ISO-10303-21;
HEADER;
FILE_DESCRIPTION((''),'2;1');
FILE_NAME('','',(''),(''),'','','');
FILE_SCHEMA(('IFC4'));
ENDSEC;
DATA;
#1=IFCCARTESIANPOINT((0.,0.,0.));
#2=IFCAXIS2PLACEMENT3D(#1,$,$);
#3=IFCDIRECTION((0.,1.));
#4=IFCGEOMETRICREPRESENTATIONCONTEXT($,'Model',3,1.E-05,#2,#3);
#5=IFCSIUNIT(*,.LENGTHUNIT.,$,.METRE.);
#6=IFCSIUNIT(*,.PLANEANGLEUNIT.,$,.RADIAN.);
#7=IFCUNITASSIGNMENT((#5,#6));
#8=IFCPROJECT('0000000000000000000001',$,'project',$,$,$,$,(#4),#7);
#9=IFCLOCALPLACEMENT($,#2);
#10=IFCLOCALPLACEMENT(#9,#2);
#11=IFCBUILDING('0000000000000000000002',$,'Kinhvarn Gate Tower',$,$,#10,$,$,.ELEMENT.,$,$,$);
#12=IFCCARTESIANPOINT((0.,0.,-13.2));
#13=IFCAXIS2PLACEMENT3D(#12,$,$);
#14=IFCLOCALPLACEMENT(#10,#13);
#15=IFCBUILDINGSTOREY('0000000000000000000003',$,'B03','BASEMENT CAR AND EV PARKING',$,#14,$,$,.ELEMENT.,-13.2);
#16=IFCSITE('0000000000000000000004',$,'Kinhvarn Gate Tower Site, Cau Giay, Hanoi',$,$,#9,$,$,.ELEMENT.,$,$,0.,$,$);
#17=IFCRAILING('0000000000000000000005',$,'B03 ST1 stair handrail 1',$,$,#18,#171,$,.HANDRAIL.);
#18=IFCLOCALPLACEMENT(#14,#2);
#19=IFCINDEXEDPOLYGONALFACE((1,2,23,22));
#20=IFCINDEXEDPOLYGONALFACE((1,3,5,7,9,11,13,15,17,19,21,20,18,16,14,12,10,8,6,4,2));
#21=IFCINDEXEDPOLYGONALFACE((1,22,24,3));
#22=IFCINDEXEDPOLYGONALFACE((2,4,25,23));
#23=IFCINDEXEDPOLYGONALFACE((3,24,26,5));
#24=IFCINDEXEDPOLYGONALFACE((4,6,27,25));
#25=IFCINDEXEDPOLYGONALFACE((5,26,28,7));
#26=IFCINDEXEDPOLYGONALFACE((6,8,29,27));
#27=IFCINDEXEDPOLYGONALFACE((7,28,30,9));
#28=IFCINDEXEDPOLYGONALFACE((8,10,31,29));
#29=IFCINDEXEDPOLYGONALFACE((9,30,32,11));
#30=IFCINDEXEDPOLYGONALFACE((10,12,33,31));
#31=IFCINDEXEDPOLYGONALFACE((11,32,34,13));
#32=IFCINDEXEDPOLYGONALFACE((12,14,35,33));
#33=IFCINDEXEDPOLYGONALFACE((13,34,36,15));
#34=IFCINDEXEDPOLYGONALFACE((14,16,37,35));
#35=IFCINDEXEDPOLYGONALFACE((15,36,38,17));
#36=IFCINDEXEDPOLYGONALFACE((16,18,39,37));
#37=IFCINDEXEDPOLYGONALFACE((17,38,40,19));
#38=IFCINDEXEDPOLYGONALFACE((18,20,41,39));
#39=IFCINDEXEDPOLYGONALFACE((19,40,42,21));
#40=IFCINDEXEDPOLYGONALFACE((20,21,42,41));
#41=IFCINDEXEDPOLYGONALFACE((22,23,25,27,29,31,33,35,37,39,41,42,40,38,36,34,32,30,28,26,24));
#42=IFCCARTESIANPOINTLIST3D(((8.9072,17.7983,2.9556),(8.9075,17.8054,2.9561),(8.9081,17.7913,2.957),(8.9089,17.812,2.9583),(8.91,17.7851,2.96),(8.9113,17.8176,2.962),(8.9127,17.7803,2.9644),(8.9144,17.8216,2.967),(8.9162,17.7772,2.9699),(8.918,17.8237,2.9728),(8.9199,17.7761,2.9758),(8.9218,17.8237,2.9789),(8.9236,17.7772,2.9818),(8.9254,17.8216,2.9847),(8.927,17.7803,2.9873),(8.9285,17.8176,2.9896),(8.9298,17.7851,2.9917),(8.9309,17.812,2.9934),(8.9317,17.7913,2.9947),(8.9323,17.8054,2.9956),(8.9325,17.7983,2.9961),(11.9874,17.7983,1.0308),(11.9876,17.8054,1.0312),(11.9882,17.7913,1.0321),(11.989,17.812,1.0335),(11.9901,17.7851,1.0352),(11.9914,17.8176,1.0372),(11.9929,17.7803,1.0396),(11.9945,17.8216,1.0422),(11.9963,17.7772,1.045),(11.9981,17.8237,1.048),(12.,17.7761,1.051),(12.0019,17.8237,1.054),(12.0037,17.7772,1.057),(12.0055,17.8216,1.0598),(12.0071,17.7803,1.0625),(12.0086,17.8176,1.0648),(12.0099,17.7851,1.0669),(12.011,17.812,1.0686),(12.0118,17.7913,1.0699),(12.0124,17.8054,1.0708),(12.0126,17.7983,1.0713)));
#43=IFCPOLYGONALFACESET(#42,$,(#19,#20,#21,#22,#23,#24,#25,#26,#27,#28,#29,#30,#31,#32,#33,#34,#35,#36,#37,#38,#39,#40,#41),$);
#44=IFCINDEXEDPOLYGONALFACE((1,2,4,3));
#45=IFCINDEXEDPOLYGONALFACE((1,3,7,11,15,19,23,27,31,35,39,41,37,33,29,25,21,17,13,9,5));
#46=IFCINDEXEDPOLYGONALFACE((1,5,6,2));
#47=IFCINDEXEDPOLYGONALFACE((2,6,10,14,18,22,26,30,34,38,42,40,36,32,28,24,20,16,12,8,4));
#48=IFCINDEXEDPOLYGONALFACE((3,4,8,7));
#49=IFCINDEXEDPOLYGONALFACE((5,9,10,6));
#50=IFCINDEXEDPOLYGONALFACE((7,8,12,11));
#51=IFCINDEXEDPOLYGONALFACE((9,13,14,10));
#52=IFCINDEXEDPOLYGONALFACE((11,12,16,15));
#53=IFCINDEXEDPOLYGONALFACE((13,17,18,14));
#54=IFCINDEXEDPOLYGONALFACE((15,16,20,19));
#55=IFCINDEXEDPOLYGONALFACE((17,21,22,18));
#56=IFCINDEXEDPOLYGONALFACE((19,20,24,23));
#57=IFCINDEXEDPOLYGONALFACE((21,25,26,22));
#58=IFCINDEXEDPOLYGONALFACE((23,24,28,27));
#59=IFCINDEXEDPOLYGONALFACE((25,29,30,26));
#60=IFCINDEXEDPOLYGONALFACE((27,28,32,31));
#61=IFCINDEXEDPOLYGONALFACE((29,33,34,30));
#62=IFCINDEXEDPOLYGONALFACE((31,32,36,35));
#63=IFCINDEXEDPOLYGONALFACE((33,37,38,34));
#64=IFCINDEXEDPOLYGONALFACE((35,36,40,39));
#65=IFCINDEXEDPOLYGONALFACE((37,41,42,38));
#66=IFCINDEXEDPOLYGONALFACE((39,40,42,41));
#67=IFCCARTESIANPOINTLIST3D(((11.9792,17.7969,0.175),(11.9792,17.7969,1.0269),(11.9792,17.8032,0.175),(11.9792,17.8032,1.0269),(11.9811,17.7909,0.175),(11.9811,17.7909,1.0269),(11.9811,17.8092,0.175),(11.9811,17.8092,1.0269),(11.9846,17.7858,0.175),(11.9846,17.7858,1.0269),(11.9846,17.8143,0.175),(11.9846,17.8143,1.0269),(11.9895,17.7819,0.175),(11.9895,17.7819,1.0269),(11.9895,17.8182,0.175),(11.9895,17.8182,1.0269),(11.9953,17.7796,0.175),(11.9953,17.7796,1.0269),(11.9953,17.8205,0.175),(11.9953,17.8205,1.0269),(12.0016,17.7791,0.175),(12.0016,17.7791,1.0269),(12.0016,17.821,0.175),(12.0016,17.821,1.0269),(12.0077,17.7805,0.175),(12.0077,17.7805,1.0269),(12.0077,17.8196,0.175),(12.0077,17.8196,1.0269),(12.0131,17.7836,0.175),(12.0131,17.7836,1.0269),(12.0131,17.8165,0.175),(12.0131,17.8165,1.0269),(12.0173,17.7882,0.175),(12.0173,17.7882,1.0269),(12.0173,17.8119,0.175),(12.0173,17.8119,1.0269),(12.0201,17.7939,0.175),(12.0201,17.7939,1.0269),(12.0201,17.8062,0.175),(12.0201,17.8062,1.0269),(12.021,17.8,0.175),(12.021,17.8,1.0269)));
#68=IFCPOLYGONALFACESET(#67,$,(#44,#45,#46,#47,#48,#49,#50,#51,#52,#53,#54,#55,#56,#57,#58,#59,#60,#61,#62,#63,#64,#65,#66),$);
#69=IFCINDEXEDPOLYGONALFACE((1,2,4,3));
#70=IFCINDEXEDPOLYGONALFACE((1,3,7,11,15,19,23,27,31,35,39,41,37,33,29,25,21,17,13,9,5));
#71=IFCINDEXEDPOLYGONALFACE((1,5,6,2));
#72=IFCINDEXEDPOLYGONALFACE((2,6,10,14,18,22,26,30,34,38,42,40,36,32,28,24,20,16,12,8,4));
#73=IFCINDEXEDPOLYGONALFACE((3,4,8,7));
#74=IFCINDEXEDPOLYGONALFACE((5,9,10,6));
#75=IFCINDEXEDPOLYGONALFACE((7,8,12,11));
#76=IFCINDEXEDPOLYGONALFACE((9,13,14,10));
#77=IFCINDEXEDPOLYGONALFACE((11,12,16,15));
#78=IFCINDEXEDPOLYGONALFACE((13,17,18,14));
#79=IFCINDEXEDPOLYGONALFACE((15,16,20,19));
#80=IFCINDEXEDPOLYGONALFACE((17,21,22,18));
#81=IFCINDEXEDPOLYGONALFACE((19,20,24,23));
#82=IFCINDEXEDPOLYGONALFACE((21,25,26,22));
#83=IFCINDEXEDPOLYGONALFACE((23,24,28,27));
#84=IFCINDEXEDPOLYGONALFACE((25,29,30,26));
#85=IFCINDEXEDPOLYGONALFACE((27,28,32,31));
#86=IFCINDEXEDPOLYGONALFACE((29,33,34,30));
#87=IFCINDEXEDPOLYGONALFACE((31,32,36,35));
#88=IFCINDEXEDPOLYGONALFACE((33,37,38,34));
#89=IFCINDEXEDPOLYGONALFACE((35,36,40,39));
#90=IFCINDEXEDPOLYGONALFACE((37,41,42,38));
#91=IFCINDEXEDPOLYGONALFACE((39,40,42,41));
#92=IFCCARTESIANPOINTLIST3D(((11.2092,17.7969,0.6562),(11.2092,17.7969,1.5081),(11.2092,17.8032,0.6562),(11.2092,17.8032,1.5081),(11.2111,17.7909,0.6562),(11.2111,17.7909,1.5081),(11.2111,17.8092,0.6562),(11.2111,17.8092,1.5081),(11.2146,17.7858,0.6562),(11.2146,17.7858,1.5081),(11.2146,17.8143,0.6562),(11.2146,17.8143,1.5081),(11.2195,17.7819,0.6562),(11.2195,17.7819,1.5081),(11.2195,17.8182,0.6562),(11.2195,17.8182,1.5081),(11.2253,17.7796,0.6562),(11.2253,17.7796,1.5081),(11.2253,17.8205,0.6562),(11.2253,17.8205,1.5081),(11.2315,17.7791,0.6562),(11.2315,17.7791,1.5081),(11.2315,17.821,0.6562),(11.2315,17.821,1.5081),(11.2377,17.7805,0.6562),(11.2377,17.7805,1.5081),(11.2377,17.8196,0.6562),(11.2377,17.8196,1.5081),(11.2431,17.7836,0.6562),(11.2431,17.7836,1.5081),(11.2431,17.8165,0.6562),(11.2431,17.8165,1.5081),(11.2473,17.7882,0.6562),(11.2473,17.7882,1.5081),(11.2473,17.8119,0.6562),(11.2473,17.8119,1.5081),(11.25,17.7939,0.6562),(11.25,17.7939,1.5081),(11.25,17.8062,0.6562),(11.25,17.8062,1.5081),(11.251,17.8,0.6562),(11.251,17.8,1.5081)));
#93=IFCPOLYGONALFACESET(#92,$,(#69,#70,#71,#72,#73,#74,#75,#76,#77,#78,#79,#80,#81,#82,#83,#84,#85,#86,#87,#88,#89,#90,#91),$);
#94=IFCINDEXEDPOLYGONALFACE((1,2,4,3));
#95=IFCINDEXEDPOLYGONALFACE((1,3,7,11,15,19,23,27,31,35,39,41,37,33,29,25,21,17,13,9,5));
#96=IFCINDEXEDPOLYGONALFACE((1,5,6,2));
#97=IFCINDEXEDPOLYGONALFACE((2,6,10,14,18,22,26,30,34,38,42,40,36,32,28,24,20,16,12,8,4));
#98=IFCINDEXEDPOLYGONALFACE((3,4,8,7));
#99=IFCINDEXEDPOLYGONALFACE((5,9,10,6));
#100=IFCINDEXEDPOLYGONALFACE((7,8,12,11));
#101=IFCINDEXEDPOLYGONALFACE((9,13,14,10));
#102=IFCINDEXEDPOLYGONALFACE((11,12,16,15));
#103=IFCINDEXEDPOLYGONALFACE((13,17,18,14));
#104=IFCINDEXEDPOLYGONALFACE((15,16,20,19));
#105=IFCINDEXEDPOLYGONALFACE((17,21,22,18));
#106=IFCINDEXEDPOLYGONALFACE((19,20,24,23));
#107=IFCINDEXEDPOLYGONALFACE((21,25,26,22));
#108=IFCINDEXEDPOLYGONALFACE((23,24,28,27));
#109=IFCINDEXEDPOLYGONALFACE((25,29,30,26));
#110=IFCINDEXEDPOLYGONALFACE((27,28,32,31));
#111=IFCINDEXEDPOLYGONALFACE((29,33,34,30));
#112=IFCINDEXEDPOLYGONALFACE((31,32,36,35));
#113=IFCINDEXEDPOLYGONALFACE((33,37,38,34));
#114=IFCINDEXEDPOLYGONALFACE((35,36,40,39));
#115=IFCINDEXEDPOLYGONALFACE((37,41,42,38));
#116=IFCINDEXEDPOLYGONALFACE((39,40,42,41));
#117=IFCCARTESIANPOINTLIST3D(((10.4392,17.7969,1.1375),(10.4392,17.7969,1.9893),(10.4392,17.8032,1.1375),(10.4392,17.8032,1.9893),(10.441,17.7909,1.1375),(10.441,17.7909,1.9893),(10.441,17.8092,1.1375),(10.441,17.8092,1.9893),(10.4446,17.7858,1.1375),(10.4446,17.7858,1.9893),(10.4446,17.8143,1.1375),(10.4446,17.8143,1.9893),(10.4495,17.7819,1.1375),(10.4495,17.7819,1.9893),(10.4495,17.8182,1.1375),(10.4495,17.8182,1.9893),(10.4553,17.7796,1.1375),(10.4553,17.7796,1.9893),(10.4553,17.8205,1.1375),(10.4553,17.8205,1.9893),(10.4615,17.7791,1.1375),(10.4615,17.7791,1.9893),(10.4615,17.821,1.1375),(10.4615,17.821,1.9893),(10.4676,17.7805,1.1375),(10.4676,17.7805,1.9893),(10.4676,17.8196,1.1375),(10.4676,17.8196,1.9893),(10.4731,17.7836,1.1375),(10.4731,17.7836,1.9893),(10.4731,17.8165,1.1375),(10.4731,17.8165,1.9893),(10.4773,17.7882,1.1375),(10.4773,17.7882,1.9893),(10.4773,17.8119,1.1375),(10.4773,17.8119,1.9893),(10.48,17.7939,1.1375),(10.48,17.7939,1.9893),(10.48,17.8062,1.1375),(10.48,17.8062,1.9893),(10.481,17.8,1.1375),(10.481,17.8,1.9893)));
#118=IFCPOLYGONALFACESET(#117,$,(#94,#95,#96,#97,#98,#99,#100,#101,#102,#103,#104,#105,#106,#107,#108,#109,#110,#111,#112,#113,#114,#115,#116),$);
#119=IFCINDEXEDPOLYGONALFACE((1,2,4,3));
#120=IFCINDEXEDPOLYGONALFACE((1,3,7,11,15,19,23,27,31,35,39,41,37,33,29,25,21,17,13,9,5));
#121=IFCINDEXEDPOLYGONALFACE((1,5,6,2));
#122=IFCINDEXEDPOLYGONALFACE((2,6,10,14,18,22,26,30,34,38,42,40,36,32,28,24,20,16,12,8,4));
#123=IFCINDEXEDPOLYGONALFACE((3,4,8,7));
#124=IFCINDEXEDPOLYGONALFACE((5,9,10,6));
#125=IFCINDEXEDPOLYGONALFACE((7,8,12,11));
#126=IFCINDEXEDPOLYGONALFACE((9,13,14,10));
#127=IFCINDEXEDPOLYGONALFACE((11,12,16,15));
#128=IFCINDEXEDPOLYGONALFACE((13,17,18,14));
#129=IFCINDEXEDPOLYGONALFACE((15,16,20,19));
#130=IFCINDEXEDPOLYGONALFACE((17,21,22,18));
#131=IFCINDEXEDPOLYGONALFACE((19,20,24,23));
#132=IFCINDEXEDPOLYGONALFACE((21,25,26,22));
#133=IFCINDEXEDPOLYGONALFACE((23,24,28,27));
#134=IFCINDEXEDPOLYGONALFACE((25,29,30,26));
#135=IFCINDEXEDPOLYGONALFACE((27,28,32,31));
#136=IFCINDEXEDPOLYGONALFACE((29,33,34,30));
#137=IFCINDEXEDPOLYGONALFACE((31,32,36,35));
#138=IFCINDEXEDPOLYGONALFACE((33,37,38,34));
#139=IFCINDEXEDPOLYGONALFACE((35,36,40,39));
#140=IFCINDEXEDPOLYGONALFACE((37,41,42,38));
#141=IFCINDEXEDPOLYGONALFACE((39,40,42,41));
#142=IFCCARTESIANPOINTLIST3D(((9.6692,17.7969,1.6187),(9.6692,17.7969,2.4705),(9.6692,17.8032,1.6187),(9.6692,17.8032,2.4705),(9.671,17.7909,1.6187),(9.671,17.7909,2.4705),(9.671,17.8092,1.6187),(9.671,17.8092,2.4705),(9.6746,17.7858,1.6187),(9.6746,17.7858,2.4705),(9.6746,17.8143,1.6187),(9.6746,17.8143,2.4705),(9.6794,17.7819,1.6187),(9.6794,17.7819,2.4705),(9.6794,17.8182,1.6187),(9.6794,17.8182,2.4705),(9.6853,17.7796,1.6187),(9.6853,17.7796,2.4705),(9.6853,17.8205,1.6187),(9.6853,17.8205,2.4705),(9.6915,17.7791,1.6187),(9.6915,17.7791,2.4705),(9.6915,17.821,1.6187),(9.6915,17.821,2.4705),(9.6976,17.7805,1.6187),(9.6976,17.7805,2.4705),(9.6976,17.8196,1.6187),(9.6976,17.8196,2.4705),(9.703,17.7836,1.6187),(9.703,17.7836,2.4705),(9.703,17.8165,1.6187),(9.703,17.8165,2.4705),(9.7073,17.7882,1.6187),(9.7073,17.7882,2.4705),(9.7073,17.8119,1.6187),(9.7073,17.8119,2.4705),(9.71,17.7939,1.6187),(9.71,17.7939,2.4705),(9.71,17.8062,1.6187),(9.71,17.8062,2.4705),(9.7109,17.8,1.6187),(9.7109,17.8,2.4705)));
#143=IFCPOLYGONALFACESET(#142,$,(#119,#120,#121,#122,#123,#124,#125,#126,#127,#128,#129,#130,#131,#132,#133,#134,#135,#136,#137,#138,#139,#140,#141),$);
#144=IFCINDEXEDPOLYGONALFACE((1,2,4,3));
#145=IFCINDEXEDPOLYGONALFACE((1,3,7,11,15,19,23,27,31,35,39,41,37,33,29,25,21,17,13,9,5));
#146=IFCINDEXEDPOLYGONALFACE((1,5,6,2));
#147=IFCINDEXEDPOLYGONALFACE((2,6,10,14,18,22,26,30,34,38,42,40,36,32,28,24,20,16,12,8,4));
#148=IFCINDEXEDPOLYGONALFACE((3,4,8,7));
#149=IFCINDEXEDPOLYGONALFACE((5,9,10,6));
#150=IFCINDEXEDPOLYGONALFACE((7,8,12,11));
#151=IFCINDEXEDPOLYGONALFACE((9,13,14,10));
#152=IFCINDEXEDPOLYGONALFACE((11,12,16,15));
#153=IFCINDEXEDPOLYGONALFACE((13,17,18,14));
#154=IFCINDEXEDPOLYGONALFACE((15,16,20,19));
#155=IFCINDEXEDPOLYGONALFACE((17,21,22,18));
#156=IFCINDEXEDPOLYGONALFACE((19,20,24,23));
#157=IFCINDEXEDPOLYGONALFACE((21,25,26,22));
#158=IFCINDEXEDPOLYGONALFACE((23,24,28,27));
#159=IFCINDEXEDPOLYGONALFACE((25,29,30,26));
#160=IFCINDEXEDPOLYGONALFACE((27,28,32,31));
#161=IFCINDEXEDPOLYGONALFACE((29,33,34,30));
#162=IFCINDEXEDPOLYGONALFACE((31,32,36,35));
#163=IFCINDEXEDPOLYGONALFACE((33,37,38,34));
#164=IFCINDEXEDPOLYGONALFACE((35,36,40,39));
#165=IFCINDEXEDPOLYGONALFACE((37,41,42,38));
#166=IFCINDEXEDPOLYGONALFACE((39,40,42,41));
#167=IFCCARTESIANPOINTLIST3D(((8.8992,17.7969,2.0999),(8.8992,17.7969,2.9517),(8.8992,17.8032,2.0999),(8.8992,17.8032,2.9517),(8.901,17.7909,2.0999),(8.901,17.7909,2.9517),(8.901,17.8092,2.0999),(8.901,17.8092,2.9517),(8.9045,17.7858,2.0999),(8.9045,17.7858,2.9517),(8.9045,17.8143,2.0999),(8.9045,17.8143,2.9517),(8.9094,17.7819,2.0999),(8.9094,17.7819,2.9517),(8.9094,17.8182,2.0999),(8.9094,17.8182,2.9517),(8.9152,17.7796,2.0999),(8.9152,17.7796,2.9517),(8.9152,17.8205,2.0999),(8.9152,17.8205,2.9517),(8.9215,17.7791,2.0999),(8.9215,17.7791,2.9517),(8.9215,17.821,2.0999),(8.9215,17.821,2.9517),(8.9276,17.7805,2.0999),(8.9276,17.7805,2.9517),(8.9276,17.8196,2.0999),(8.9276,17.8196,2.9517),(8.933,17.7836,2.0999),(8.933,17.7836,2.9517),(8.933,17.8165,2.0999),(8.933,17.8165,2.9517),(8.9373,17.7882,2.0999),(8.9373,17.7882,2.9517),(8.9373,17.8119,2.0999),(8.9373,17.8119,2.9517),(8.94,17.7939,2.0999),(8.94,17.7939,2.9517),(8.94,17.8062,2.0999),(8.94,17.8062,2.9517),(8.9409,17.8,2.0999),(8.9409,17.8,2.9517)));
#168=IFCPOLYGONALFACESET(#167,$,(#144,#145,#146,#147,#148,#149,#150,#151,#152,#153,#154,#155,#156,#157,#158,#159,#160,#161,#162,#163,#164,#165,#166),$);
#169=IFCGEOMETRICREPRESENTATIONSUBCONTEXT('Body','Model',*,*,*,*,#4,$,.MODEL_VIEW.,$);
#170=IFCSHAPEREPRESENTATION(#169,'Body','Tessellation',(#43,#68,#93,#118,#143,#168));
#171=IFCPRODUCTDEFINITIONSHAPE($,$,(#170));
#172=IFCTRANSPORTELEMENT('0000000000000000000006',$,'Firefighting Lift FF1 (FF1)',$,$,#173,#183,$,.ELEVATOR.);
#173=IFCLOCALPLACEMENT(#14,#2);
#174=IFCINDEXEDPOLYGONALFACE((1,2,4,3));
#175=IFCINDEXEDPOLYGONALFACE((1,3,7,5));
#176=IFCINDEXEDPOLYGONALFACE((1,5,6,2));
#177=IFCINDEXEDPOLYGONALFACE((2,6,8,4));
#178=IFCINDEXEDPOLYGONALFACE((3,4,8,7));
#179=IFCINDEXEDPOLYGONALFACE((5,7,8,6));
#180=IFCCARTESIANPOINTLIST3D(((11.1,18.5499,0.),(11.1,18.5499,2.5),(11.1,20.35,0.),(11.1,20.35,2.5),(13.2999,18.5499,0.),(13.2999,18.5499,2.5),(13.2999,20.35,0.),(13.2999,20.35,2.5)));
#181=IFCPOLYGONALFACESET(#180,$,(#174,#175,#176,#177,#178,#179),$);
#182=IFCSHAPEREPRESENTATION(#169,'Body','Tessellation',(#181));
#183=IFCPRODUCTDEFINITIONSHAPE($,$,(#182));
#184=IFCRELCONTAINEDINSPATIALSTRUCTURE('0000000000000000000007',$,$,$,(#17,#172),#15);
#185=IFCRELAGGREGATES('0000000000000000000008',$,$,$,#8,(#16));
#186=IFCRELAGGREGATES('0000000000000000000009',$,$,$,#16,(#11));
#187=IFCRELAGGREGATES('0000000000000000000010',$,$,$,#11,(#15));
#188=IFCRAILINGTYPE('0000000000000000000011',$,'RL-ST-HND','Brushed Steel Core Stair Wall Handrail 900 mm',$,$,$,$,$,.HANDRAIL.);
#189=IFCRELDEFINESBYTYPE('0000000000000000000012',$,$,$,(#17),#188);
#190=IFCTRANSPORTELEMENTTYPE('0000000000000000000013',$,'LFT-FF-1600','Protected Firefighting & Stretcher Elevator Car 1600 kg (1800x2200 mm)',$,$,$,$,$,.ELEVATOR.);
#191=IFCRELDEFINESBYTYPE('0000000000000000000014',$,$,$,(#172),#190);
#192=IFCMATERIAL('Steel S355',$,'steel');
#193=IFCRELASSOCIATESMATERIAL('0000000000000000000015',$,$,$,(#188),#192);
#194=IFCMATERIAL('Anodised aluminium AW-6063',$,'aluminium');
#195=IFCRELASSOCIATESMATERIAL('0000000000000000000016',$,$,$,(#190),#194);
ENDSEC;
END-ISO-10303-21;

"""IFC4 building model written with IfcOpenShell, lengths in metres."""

from ifc_helpers import new_model, si_unit, direction, frame, origin, origin_2d, place, context, subcontext, project, spatial, rectangle, circle, extrude, material, type_object, element, save


model = new_model("IFC4")

# Units and contexts
model_context = context("Model", 3, precision=1e-05, world=origin(), true_north=direction((0.0, 1.0)))
body_context = subcontext(model_context, "Body", "Model", "MODEL_VIEW")
ifc_project = project(units=[si_unit("LENGTHUNIT", "METRE"), si_unit("PLANEANGLEUNIT", "RADIAN")], contexts=[model_context])

# Site, building, storey
site_placement = place(None, origin())
site = spatial("IfcSite", under=ifc_project, at=site_placement, Name="Kinhvarn Gate Tower Site, Cau Giay, Hanoi", CompositionType="ELEMENT", RefElevation=0.0)
building_placement = place(site_placement, origin())
building = spatial("IfcBuilding", under=site, at=building_placement, Name="Kinhvarn Gate Tower", CompositionType="ELEMENT")
storey_placement = place(building_placement, frame((0.0, 0.0, -13.2)))
storey = spatial("IfcBuildingStorey", under=building, at=storey_placement, Name="B03", Description="BASEMENT CAR AND EV PARKING", CompositionType="ELEMENT", Elevation=-13.2)

# Shared definitions
ifc_material_1 = material(Name="Steel S355", Category="steel")

# Shared definitions
ifc_material_2 = material(Name="Anodised aluminium AW-6063", Category="aluminium")

# Railing
railing_type_1 = type_object("IfcRailingType", Name="RL-ST-HND", Description="Brushed Steel Core Stair Wall Handrail 900 mm", PredefinedType="HANDRAIL", material=ifc_material_1)
railing_1_placement = place(storey_placement, frame((12.0, 17.8, 0.175)))
element("IfcRailing", 1, at=railing_1_placement, inside=storey, type_object=railing_type_1, Name="B03 ST1 stair handrail 1", PredefinedType="HANDRAIL", context=body_context, shape_type="SweptSolid", body=[
    extrude(circle(Radius=0.0239, at=origin_2d()), frame((0.0, 0.0, 0.876), z_axis=(-0.848029, 0.0, 0.529951), x_axis=(0.0, -1.0, 0.0)), (0.0, 0.0, 1.0), 3.6321),
    extrude(circle(Radius=0.021, at=origin_2d()), origin(), (0.0, 0.0, 1.0), 0.8518),
    extrude(circle(Radius=0.021, at=origin_2d()), frame((-0.77, 0.0, 0.4812)), (0.0, 0.0, 1.0), 0.8518),
    extrude(circle(Radius=0.021, at=origin_2d()), frame((-1.54, 0.0, 0.9624)), (0.0, 0.0, 1.0), 0.8518),
    extrude(circle(Radius=0.021, at=origin_2d()), frame((-2.3101, 0.0, 1.4436)), (0.0, 0.0, 1.0), 0.8518),
    extrude(circle(Radius=0.021, at=origin_2d()), frame((-3.0801, 0.0, 1.9248)), (0.0, 0.0, 1.0), 0.8518),
])

# Transport element
transport_element_type = type_object("IfcTransportElementType", Name="LFT-FF-1600", Description="Protected Firefighting & Stretcher Elevator Car 1600 kg (1800x2200 mm)", PredefinedType="ELEVATOR", material=ifc_material_2)
transport_element_placement = place(storey_placement, frame((12.2, 19.45, 0.0), z_axis=(0.0, 0.0, 1.0), x_axis=(0.0, 1.0, 0.0)))
element("IfcTransportElement", 2, at=transport_element_placement, inside=storey, type_object=transport_element_type, Name="Firefighting Lift FF1 (FF1)", PredefinedType="ELEVATOR", context=body_context, shape_type="SweptSolid", body=[
    extrude(rectangle(XDim=1.8, YDim=2.2, at=origin_2d()), origin(), (0.0, 0.0, 1.0), 2.5),
])

save(model, "model.ifc")
